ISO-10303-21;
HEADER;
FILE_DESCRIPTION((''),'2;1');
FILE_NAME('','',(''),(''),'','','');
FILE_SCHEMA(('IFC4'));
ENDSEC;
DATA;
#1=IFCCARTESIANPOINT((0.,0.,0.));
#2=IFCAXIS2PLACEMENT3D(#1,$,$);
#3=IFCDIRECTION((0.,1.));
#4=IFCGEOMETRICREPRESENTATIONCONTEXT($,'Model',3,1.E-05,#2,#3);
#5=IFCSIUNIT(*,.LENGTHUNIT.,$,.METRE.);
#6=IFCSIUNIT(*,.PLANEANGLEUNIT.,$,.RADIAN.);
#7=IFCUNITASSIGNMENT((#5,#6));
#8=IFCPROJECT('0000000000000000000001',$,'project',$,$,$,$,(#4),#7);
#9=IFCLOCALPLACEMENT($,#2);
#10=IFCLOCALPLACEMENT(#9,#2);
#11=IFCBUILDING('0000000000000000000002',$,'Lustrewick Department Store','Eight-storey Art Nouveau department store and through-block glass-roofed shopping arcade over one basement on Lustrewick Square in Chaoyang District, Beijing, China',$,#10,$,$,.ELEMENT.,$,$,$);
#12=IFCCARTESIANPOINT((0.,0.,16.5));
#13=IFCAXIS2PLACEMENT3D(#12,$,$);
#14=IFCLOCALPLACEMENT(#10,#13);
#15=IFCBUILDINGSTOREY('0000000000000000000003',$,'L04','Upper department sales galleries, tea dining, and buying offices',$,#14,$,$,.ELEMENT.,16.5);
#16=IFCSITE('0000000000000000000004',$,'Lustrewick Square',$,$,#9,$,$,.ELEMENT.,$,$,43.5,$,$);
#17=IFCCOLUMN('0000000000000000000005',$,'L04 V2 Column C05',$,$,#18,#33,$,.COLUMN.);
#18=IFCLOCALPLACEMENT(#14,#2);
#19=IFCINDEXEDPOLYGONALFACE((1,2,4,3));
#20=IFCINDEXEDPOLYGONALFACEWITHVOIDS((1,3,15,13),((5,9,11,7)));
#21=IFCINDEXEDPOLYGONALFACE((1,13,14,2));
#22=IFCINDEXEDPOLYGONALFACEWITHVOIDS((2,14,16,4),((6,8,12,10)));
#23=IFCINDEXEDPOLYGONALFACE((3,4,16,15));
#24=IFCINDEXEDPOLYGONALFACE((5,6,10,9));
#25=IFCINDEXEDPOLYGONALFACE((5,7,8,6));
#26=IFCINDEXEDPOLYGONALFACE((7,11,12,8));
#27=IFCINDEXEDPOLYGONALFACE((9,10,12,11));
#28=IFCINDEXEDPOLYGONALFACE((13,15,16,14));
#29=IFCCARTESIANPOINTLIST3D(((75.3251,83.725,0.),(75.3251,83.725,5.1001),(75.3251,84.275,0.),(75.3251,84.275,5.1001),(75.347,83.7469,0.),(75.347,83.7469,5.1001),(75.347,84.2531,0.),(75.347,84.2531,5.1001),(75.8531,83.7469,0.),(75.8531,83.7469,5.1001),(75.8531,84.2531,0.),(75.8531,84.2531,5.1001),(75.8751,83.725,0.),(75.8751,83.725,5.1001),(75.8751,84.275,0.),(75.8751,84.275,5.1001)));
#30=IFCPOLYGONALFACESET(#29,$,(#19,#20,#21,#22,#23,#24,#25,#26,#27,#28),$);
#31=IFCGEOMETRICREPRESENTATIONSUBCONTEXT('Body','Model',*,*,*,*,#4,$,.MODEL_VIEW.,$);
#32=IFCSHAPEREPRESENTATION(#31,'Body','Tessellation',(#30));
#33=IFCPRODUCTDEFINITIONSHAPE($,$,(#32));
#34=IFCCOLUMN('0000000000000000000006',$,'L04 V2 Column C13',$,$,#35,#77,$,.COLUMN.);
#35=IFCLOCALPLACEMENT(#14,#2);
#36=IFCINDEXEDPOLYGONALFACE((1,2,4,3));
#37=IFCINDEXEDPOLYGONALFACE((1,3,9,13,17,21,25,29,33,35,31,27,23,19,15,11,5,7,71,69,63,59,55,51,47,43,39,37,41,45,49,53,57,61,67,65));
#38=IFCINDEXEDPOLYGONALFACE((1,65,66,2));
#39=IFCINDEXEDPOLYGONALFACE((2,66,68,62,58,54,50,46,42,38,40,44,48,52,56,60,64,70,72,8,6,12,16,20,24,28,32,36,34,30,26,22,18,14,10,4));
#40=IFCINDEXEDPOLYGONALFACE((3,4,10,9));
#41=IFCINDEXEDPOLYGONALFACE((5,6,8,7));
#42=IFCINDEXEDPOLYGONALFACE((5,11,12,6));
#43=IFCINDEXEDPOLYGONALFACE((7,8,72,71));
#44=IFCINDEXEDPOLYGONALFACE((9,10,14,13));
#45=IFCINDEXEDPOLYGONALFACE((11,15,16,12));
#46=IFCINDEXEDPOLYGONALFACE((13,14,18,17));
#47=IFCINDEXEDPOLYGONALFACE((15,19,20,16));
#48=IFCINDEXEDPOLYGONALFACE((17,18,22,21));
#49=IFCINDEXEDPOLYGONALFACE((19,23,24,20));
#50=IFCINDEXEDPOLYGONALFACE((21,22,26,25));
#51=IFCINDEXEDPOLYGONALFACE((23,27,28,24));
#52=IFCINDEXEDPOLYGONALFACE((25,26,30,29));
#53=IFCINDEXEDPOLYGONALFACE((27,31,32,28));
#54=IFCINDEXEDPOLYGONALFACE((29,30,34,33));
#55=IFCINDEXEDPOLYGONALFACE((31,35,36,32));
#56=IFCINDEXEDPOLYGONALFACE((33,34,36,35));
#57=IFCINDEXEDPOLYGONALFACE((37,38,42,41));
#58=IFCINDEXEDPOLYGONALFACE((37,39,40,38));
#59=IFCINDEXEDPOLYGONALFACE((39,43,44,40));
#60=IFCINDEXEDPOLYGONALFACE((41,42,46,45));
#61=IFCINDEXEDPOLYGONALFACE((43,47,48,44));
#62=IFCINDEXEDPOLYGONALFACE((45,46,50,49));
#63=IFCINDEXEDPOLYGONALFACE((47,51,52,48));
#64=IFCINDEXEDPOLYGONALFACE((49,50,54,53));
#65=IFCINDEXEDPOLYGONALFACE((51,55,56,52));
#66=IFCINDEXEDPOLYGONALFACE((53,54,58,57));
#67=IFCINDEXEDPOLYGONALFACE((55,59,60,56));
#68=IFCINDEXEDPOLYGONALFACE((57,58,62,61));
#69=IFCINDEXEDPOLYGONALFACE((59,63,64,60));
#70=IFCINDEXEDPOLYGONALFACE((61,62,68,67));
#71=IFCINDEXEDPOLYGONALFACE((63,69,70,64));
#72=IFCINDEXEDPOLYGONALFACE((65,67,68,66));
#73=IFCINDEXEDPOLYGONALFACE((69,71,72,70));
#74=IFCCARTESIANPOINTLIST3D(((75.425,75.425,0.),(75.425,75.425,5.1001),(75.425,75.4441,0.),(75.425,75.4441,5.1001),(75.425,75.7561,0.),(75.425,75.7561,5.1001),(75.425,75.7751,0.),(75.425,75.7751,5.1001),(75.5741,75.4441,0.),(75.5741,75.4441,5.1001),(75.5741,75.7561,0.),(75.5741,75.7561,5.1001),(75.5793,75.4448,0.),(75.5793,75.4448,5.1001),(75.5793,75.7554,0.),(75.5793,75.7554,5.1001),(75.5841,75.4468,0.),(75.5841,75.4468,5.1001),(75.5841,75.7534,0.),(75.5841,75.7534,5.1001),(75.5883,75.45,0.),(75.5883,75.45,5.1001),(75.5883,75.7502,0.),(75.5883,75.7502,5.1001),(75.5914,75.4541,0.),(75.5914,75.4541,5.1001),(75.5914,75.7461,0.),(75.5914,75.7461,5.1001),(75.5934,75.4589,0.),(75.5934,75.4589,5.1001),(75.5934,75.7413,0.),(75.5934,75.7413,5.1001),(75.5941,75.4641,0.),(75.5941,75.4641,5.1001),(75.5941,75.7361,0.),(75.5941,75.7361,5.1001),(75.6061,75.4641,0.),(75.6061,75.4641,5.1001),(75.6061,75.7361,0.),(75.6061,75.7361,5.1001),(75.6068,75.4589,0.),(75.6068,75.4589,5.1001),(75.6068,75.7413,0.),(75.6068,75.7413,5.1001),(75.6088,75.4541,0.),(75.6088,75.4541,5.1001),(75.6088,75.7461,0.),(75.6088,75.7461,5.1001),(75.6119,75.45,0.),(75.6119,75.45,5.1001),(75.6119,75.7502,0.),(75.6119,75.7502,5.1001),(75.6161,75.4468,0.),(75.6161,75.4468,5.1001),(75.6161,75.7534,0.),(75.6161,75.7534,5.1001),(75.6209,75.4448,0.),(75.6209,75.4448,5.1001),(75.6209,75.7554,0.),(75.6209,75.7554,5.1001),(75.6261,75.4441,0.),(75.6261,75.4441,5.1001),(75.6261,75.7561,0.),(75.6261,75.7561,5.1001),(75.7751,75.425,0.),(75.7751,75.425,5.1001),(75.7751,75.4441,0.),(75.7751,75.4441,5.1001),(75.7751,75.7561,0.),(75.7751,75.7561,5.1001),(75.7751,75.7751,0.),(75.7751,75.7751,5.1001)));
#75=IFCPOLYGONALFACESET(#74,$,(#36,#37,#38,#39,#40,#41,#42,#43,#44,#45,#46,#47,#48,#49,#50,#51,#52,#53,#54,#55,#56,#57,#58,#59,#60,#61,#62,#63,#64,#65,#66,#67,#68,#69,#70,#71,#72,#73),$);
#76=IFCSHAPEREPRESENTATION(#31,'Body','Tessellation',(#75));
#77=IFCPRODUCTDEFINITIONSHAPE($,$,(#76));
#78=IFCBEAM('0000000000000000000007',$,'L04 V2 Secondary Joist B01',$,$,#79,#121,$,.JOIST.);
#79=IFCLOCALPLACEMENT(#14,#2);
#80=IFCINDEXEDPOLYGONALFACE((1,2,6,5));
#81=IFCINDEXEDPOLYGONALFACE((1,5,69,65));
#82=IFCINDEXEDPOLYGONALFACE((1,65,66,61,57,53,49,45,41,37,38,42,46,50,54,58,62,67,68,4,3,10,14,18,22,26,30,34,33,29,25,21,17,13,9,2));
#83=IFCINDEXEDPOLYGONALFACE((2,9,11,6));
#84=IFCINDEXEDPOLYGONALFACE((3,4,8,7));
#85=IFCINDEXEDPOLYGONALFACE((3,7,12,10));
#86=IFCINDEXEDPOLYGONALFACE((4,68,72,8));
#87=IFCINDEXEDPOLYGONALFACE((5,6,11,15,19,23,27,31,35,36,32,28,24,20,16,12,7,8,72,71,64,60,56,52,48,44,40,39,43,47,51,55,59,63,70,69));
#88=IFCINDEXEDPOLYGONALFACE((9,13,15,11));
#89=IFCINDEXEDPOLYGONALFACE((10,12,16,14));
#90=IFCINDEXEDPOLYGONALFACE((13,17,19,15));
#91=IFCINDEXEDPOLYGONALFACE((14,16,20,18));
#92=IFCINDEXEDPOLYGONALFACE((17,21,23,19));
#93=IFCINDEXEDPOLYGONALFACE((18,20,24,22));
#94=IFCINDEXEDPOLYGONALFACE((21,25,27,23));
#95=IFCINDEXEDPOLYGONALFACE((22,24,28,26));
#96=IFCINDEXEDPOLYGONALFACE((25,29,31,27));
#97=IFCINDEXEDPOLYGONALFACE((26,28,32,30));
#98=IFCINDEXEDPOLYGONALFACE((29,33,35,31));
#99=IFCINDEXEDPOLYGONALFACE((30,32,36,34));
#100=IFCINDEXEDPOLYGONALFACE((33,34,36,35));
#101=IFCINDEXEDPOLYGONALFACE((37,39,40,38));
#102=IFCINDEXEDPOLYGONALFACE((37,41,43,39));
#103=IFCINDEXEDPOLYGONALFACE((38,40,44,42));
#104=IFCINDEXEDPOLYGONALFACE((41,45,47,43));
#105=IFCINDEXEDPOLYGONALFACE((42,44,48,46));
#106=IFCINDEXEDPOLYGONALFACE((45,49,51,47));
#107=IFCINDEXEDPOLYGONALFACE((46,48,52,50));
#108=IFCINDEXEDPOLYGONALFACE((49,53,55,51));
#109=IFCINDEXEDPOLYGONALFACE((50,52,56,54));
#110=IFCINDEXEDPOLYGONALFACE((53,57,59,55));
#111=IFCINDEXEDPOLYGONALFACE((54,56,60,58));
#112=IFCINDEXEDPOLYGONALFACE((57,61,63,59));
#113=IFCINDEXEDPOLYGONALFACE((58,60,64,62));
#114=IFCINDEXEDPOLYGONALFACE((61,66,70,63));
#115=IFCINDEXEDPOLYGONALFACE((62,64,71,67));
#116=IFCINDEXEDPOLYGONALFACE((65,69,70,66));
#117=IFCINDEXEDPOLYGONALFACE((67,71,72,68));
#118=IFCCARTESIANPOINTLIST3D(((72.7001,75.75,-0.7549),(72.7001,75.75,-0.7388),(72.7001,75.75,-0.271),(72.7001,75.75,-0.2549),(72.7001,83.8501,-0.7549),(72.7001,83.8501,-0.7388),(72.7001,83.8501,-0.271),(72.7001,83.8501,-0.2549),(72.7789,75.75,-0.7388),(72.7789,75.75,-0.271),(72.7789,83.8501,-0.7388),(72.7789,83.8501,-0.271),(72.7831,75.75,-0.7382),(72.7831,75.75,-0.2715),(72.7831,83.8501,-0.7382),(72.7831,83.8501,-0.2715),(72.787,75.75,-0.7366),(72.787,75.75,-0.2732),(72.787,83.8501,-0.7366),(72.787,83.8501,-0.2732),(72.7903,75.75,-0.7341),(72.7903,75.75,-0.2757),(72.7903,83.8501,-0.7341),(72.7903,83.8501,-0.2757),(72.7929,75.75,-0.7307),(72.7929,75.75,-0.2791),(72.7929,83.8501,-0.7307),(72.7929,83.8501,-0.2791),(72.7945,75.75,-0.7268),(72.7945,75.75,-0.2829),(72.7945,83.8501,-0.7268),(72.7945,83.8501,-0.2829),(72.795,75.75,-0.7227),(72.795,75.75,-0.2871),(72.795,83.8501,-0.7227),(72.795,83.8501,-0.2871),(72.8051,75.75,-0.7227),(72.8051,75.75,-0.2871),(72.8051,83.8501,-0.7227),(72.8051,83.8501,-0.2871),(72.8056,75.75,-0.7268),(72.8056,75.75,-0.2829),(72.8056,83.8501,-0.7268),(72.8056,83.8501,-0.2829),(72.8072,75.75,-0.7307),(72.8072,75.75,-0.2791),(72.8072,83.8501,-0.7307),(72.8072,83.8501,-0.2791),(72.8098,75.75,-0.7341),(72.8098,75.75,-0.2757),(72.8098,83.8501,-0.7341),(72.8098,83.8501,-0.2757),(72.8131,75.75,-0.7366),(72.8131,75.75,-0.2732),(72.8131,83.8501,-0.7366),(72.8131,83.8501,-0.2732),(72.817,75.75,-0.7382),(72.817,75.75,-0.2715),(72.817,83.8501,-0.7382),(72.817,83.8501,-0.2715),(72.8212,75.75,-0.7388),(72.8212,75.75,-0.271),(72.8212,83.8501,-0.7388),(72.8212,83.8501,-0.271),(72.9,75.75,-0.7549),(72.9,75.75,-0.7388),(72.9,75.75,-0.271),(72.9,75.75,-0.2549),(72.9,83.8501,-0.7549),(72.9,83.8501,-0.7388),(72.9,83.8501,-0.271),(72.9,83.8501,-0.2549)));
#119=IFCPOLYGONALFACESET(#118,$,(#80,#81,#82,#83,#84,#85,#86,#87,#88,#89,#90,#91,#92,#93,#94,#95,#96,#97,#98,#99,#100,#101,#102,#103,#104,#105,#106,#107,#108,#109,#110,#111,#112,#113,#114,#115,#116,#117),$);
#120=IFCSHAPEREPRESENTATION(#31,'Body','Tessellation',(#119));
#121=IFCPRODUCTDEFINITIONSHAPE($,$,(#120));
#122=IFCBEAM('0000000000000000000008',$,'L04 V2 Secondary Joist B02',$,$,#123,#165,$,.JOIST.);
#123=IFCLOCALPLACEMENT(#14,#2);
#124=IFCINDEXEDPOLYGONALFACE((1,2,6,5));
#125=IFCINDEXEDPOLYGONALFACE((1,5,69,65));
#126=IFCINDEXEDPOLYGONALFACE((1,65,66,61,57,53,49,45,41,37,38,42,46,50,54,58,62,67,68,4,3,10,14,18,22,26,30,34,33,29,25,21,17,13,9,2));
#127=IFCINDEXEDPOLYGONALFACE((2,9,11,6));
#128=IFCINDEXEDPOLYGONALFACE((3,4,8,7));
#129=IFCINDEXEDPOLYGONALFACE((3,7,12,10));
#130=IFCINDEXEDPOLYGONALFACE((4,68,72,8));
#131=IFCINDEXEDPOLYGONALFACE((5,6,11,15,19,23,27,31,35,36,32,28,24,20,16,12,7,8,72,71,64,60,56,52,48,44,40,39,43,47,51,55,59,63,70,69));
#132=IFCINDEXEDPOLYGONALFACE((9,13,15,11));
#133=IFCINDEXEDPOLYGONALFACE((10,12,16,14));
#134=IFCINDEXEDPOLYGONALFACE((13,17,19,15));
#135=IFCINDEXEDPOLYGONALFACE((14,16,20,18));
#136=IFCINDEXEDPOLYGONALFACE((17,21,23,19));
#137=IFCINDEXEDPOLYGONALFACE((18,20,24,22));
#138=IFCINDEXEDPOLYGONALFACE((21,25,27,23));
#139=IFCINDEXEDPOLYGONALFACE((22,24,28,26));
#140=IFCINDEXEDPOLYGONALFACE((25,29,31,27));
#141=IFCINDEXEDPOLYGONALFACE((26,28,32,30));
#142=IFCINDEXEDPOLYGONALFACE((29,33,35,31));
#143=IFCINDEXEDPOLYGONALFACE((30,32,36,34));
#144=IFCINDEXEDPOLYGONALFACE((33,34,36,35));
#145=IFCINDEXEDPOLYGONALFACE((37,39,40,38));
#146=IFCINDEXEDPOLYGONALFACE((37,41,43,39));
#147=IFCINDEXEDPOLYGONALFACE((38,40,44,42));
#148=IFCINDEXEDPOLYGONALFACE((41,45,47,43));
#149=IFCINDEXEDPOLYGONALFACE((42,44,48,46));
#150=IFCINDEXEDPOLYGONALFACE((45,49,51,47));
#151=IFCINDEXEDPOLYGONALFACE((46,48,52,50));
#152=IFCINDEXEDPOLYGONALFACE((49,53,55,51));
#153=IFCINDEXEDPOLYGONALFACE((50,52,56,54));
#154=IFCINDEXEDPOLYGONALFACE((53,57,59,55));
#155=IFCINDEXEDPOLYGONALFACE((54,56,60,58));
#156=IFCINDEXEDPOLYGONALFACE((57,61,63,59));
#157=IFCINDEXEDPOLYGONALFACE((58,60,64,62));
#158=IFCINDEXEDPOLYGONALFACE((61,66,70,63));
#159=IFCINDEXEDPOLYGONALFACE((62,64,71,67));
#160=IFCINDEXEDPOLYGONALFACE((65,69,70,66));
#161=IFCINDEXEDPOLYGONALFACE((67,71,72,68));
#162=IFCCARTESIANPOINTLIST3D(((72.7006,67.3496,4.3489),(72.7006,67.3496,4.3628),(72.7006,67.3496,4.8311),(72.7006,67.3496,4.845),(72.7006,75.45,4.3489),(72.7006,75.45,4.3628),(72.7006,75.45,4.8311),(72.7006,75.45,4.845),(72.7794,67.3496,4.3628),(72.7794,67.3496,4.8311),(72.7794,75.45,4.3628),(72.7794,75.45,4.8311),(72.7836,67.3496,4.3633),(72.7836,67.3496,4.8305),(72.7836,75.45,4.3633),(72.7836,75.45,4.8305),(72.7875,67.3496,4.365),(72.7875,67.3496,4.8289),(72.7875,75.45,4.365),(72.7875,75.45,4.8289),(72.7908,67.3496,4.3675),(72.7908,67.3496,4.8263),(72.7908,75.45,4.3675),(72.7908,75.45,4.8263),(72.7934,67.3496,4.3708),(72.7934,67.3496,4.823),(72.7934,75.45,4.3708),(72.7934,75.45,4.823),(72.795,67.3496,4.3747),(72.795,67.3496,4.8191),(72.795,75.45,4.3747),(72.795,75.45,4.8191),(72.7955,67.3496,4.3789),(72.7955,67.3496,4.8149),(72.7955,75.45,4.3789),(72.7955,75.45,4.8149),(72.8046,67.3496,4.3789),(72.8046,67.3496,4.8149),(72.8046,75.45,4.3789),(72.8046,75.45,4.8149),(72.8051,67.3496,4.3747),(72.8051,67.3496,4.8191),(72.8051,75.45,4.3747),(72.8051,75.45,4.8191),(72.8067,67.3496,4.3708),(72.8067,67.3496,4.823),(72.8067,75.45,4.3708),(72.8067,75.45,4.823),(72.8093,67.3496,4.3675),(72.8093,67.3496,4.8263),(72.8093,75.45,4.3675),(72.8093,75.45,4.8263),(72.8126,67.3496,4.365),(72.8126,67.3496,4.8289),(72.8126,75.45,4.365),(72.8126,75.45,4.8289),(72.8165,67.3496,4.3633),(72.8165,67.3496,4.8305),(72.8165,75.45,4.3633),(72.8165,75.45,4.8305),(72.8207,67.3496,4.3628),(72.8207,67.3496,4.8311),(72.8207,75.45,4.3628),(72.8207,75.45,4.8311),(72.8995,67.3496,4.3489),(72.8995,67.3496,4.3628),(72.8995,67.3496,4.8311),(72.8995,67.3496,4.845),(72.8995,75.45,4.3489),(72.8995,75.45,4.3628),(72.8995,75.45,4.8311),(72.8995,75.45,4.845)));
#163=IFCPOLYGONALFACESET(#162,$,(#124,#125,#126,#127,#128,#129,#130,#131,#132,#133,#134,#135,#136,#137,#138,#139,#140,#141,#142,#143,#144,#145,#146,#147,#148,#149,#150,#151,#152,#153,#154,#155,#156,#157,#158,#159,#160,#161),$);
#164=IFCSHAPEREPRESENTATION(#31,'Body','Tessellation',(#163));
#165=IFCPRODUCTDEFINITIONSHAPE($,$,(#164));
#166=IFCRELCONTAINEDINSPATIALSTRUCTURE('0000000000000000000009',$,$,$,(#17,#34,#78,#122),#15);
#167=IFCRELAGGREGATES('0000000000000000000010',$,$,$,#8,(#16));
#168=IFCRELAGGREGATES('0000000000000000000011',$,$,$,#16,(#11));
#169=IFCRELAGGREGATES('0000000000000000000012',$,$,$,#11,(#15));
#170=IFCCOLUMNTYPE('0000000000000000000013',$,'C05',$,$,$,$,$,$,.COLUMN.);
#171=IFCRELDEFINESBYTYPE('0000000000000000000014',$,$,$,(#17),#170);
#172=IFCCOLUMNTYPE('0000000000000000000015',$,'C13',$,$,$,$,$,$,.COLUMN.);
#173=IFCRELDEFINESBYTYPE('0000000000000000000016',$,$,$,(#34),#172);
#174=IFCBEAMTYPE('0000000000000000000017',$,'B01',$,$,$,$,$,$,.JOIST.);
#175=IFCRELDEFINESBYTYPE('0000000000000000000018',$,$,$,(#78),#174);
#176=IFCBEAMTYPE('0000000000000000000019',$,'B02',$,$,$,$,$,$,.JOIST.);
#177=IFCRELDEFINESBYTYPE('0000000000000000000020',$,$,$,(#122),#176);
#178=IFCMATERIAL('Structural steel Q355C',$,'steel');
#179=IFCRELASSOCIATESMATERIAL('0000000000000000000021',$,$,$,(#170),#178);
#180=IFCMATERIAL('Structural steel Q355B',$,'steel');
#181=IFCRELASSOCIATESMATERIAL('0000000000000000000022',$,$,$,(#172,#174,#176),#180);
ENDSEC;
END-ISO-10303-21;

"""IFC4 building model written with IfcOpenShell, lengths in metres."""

from ifc_helpers import new_model, si_unit, direction, frame, origin, origin_2d, place, context, subcontext, project, spatial, hollow_rectangle, i_section, extrude, material, material_profile, profile_set, type_object, element, save


model = new_model("IFC4")

# Units and contexts
model_context = context("Model", 3, precision=1e-05, world=origin(), true_north=direction((0.0, 1.0)))
body_context = subcontext(model_context, "Body", "Model", "MODEL_VIEW")
ifc_project = project(units=[si_unit("LENGTHUNIT", "METRE"), si_unit("PLANEANGLEUNIT", "RADIAN")], contexts=[model_context])

# Site, building, storey
site_placement = place(None, origin())
site = spatial("IfcSite", under=ifc_project, at=site_placement, Name="Lustrewick Square", CompositionType="ELEMENT", RefElevation=43.5)
building_placement = place(site_placement, origin())
building = spatial("IfcBuilding", under=site, at=building_placement, Name="Lustrewick Department Store", Description="Eight-storey Art Nouveau department store and through-block glass-roofed shopping arcade over one basement on Lustrewick Square in Chaoyang District, Beijing, China", CompositionType="ELEMENT")
storey_placement = place(building_placement, frame((0.0, 0.0, 16.5)))
storey = spatial("IfcBuildingStorey", under=building, at=storey_placement, Name="L04", Description="Upper department sales galleries, tea dining, and buying offices", CompositionType="ELEMENT", Elevation=16.5)

# Columns
ifc_material_1 = material(Name="Structural steel Q355C", Category="steel")
ifc_material_profile_1 = material_profile(ifc_material_1, hollow_rectangle(XDim=0.55, YDim=0.55, WallThickness=0.022, at=origin_2d()), Name="BOX 550x550x22")
ifc_profile_set_1 = profile_set([ifc_material_profile_1], Name="Structural steel Q355C")
column_type_1 = type_object("IfcColumnType", Name="C05", PredefinedType="COLUMN", material=ifc_profile_set_1)
column_1_placement = place(storey_placement, frame((75.6001, 84.0, 0.0), z_axis=(0.0, 0.0, 1.0), x_axis=(1.0, 0.0, 0.0)))
element("IfcColumn", 1, at=column_1_placement, inside=storey, type_object=column_type_1, Name="L04 V2 Column C05", PredefinedType="COLUMN", context=body_context, shape_type="SweptSolid", body=[
    extrude(hollow_rectangle(XDim=0.55, YDim=0.55, WallThickness=0.022, at=origin_2d()), origin(), (0.0, 0.0, 1.0), 5.1001),
])
ifc_material_2 = material(Name="Structural steel Q355B", Category="steel")
ifc_material_profile_2 = material_profile(ifc_material_2, i_section(OverallWidth=0.3501, OverallDepth=0.3501, WebThickness=0.012, FlangeThickness=0.019, FilletRadius=0.02, at=origin_2d()), Name="HW 350x350x12x19")
ifc_profile_set_2 = profile_set([ifc_material_profile_2], Name="Structural steel Q355B")
column_type_2 = type_object("IfcColumnType", Name="C13", PredefinedType="COLUMN", material=ifc_profile_set_2)
column_2_placement = place(storey_placement, frame((75.6001, 75.6001, 0.0), z_axis=(0.0, 0.0, 1.0), x_axis=(1.0, 0.0, 0.0)))
element("IfcColumn", 2, at=column_2_placement, inside=storey, type_object=column_type_2, Name="L04 V2 Column C13", PredefinedType="COLUMN", context=body_context, shape_type="SweptSolid", body=[
    extrude(i_section(OverallWidth=0.3501, OverallDepth=0.3501, WebThickness=0.012, FlangeThickness=0.019, FilletRadius=0.02, at=origin_2d()), origin(), (0.0, 0.0, 1.0), 5.1001),
])

# Beams
ifc_material_profile_3 = material_profile(ifc_material_2, i_section(OverallWidth=0.2, OverallDepth=0.5, WebThickness=0.01, FlangeThickness=0.0161, FilletRadius=0.0161, at=origin_2d()), Name="HN 500x200x10x16")
ifc_profile_set_3 = profile_set([ifc_material_profile_3], Name="Structural steel Q355B")
beam_type_1 = type_object("IfcBeamType", Name="B01", PredefinedType="JOIST", material=ifc_profile_set_3)
beam_1_placement = place(storey_placement, frame((72.8, 75.75, -0.5049), z_axis=(0.0, 1.0, 0.0), x_axis=(-1.0, 0.0, 0.0)))
element("IfcBeam", 3, at=beam_1_placement, inside=storey, type_object=beam_type_1, Name="L04 V2 Secondary Joist B01", PredefinedType="JOIST", context=body_context, shape_type="SweptSolid", body=[
    extrude(i_section(OverallWidth=0.2, OverallDepth=0.5, WebThickness=0.01, FlangeThickness=0.0161, FilletRadius=0.0161, at=origin_2d()), origin(), (0.0, 0.0, 1.0), 8.1001),
])
ifc_material_profile_4 = material_profile(ifc_material_2, i_section(OverallWidth=0.199, OverallDepth=0.4961, WebThickness=0.009, FlangeThickness=0.0139, FilletRadius=0.0161, at=origin_2d()), Name="HN 496x199x9x14")
ifc_profile_set_4 = profile_set([ifc_material_profile_4], Name="Structural steel Q355B")
beam_type_2 = type_object("IfcBeamType", Name="B02", PredefinedType="JOIST", material=ifc_profile_set_4)
beam_2_placement = place(storey_placement, frame((72.8, 67.3496, 4.5969), z_axis=(0.0, 1.0, 0.0), x_axis=(-1.0, 0.0, 0.0)))
element("IfcBeam", 4, at=beam_2_placement, inside=storey, type_object=beam_type_2, Name="L04 V2 Secondary Joist B02", PredefinedType="JOIST", context=body_context, shape_type="SweptSolid", body=[
    extrude(i_section(OverallWidth=0.199, OverallDepth=0.4961, WebThickness=0.009, FlangeThickness=0.0139, FilletRadius=0.0161, at=origin_2d()), origin(), (0.0, 0.0, 1.0), 8.1003),
])

save(model, "model.ifc")
